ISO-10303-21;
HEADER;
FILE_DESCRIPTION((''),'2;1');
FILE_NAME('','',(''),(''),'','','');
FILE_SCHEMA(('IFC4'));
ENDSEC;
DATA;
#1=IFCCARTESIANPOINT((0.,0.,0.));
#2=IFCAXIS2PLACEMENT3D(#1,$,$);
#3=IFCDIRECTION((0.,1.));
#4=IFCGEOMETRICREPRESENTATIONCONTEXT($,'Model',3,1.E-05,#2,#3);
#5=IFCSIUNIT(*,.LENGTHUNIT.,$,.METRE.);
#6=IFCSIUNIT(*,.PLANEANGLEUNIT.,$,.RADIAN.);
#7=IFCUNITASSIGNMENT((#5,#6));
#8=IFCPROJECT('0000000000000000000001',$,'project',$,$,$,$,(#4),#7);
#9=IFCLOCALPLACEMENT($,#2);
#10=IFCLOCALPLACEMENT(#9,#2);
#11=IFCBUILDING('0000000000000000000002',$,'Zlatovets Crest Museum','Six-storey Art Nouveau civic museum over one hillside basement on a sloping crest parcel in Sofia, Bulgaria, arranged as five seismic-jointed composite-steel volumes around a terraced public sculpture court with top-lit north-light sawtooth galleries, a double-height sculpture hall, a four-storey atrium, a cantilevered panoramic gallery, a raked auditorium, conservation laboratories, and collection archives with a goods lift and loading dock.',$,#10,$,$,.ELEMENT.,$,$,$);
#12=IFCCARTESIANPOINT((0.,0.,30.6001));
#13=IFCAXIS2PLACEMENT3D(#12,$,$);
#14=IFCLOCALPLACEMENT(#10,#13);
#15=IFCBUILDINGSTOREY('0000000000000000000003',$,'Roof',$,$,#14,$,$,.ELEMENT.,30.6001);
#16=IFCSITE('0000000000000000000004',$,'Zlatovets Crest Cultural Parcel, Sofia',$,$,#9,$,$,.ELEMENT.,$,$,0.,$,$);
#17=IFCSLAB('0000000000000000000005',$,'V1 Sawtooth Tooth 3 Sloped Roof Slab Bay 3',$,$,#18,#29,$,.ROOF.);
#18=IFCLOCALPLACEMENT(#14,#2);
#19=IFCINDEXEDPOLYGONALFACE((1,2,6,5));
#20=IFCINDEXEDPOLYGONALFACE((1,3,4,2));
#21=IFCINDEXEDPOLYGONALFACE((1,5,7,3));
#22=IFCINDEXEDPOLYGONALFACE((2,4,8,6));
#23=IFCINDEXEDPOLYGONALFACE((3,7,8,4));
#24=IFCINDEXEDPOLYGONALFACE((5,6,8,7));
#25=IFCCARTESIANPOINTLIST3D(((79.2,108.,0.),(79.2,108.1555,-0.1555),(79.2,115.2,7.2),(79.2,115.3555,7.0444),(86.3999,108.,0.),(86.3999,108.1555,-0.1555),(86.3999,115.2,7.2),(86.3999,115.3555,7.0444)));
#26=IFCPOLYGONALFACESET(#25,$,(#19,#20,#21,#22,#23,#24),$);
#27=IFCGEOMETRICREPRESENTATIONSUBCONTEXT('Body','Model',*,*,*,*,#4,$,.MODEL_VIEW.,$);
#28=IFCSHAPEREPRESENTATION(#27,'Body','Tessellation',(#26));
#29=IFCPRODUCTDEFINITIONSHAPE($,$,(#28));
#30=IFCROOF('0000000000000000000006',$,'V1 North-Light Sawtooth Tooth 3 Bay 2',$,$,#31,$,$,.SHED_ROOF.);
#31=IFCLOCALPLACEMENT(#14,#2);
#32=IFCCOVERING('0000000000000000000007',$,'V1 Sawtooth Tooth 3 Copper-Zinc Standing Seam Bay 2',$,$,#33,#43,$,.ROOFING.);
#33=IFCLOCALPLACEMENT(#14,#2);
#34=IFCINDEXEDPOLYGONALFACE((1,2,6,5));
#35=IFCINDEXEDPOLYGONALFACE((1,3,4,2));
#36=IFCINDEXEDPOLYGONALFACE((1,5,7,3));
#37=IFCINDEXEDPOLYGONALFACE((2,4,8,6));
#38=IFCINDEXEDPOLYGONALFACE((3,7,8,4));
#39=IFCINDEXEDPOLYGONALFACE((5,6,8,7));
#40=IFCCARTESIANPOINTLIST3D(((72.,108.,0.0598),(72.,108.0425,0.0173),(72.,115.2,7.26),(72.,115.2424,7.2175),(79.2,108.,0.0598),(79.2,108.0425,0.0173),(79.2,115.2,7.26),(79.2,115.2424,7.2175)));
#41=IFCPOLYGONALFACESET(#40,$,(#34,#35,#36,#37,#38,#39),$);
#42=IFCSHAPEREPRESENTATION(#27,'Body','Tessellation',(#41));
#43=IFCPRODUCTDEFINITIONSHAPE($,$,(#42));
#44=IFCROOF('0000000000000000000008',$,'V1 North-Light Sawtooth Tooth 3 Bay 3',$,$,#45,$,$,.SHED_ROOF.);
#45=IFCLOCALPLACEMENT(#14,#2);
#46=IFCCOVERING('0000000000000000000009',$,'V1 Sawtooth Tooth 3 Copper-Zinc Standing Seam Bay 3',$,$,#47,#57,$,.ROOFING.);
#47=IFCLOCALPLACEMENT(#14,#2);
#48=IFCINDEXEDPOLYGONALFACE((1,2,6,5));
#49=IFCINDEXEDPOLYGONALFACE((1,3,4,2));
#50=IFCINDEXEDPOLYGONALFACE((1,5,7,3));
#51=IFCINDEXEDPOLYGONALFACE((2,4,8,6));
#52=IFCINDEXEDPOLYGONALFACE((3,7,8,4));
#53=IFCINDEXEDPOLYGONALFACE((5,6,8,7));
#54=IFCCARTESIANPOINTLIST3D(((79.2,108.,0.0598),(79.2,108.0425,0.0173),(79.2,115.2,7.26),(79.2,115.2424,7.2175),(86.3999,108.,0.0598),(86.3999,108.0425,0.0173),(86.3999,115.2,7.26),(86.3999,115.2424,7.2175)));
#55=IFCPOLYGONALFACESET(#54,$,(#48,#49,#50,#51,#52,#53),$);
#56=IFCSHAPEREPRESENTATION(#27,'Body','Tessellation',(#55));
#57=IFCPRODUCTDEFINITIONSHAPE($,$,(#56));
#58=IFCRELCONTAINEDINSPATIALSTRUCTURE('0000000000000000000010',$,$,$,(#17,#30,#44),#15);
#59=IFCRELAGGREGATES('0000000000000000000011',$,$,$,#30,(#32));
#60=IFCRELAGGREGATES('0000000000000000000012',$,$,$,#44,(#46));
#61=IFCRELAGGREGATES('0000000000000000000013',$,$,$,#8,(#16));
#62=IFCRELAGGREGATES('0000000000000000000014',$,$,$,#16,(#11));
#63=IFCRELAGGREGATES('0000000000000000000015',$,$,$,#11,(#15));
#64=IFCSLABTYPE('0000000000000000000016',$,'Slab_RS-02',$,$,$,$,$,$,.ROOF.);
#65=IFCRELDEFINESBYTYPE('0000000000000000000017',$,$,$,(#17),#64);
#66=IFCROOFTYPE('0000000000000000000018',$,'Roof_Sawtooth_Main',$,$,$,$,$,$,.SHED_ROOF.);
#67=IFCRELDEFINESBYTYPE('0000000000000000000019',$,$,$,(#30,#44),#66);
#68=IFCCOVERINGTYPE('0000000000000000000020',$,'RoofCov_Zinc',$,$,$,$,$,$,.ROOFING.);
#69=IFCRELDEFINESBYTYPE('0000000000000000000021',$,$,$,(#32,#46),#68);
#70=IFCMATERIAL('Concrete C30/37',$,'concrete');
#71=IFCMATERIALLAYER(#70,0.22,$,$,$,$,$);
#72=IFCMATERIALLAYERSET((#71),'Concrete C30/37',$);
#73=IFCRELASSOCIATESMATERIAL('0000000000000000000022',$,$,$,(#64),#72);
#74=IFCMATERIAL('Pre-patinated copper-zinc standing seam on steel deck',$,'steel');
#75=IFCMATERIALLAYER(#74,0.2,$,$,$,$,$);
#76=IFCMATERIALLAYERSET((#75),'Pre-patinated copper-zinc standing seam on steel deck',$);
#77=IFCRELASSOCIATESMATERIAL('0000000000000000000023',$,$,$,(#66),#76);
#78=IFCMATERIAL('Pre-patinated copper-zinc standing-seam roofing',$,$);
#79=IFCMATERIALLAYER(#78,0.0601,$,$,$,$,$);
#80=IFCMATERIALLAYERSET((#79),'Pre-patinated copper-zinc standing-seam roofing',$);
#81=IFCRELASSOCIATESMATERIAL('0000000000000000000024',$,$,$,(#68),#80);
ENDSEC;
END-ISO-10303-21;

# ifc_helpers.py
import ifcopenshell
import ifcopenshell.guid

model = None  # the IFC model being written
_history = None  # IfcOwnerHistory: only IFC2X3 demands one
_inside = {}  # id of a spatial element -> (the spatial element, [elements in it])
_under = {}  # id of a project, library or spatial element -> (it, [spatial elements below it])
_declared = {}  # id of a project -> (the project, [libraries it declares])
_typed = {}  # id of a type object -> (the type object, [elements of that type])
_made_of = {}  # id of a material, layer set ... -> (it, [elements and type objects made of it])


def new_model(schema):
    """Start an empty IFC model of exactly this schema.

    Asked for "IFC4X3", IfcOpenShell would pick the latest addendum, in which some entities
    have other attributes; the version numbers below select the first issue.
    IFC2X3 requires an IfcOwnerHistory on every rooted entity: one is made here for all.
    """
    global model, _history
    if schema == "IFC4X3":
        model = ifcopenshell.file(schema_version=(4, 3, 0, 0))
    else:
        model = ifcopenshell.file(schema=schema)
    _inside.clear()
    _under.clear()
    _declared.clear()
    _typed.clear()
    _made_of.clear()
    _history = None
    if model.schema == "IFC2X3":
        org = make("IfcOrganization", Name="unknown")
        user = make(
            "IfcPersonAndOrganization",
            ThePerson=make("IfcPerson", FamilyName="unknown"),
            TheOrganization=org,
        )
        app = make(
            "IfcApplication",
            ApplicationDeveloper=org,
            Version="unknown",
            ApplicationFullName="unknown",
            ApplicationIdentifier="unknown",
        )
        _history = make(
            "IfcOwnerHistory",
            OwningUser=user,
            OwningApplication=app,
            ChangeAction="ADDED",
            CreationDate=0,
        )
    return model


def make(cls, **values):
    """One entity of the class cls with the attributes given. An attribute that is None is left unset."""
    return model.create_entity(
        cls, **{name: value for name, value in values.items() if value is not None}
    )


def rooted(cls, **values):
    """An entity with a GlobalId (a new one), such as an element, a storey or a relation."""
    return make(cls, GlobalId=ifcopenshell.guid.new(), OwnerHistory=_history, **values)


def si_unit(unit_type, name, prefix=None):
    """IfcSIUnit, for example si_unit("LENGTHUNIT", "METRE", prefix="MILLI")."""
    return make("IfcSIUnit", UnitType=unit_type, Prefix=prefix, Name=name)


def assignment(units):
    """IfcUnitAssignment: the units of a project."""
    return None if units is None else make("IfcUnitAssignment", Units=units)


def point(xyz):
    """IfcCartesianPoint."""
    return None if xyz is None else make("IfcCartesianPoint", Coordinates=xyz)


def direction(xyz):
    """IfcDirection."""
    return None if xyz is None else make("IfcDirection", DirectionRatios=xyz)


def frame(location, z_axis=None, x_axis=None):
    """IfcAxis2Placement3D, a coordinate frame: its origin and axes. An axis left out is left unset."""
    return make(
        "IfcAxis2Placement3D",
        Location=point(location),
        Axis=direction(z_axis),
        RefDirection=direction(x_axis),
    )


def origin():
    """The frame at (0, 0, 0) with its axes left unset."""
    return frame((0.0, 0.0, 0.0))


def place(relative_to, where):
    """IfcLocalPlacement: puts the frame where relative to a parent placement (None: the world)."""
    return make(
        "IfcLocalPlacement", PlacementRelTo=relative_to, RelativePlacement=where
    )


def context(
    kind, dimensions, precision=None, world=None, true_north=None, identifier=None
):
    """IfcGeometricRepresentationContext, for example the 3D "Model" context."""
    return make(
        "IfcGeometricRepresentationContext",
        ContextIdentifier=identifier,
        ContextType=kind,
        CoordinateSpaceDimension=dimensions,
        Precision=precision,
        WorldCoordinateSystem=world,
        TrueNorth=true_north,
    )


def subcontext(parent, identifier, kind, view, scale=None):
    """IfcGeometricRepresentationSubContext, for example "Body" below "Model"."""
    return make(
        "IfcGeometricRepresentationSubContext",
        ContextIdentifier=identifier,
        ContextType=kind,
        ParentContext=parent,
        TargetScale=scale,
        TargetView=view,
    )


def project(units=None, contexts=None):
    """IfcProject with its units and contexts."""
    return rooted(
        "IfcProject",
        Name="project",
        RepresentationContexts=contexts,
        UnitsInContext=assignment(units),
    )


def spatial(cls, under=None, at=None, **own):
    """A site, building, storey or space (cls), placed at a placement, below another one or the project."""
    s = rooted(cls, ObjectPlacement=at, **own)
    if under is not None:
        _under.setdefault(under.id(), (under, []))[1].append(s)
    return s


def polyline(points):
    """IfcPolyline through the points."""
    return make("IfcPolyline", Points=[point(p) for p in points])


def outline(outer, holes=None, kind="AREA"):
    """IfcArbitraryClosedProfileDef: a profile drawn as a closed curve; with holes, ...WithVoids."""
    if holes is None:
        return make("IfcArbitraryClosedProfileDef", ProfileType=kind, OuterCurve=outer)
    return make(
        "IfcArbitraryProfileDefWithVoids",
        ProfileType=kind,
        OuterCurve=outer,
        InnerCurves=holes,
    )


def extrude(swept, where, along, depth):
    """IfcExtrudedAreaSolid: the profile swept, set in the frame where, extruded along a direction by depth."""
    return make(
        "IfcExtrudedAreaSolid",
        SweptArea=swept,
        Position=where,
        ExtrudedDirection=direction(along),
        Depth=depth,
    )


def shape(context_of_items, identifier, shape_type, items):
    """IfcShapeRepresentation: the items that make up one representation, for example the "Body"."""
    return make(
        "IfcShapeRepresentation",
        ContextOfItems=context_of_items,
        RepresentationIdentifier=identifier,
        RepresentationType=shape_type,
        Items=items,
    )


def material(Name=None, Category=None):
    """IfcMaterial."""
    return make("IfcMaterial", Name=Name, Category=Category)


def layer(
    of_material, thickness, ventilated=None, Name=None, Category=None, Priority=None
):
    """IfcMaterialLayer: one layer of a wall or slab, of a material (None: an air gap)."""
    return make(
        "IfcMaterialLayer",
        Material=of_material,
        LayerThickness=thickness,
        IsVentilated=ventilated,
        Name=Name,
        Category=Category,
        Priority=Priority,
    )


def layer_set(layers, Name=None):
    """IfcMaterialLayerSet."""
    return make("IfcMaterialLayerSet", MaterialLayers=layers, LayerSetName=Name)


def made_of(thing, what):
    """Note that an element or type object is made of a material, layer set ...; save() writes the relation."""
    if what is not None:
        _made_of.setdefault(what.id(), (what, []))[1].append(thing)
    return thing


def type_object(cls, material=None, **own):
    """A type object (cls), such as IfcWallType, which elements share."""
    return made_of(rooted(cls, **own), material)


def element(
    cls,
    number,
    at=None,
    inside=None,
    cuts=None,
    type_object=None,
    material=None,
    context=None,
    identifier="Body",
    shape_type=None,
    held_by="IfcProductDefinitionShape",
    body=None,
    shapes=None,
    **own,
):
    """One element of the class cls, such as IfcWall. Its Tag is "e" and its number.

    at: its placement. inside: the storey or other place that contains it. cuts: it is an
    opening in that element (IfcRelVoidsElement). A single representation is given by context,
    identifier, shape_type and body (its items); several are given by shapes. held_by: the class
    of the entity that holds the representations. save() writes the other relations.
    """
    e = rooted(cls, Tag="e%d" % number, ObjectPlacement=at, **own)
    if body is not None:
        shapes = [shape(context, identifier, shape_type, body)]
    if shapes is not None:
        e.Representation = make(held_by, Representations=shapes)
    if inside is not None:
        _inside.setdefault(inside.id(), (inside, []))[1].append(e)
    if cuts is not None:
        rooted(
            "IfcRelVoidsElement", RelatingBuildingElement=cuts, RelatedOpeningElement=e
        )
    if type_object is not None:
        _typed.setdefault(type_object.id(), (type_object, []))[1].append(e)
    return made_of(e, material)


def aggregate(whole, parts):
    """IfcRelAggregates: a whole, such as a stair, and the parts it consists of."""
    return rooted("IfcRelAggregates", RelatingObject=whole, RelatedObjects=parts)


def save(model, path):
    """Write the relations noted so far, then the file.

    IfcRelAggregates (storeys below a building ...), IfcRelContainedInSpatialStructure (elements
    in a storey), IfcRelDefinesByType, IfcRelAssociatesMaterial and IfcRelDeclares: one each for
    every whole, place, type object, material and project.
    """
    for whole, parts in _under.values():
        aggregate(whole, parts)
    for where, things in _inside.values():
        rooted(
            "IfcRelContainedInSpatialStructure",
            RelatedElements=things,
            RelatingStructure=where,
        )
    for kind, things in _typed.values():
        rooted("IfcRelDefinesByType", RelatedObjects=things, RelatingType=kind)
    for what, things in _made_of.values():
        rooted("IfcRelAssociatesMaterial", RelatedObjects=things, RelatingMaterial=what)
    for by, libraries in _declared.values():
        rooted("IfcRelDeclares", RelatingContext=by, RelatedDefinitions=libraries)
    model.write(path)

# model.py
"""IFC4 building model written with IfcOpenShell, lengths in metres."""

from ifc_helpers import new_model, si_unit, direction, frame, origin, place, context, subcontext, project, spatial, polyline, outline, extrude, material, layer, layer_set, type_object, element, aggregate, save


model = new_model("IFC4")

# Units and contexts
model_context = context("Model", 3, precision=1e-05, world=origin(), true_north=direction((0.0, 1.0)))
body_context = subcontext(model_context, "Body", "Model", "MODEL_VIEW")
ifc_project = project(units=[si_unit("LENGTHUNIT", "METRE"), si_unit("PLANEANGLEUNIT", "RADIAN")], contexts=[model_context])

# Site, building, storey
site_placement = place(None, origin())
site = spatial("IfcSite", under=ifc_project, at=site_placement, Name="Zlatovets Crest Cultural Parcel, Sofia", CompositionType="ELEMENT", RefElevation=0.0)
building_placement = place(site_placement, origin())
building = spatial("IfcBuilding", under=site, at=building_placement, Name="Zlatovets Crest Museum", Description="Six-storey Art Nouveau civic museum over one hillside basement on a sloping crest parcel in Sofia, Bulgaria, arranged as five seismic-jointed composite-steel volumes around a terraced public sculpture court with top-lit north-light sawtooth galleries, a double-height sculpture hall, a four-storey atrium, a cantilevered panoramic gallery, a raked auditorium, conservation laboratories, and collection archives with a goods lift and loading dock.", CompositionType="ELEMENT")
storey_placement = place(building_placement, frame((0.0, 0.0, 30.6001)))
storey = spatial("IfcBuildingStorey", under=building, at=storey_placement, Name="Roof", CompositionType="ELEMENT", Elevation=30.6001)

# Slab
ifc_material_1 = material(Name="Concrete C30/37", Category="concrete")
ifc_layer_1 = layer(ifc_material_1, 0.22)
ifc_layer_set_1 = layer_set([ifc_layer_1], Name="Concrete C30/37")
slab_type = type_object("IfcSlabType", Name="Slab_RS-02", PredefinedType="ROOF", material=ifc_layer_set_1)
for number, where, z_axis, x_axis, name in (
    (1, (79.2, 108.0, 0.0), (0.0, -0.707107, 0.707107), (1.0, 0.0, 0.0), "V1 Sawtooth Tooth 3 Sloped Roof Slab Bay 3"),
):
    element("IfcSlab", number, at=place(storey_placement, frame(where, z_axis=z_axis, x_axis=x_axis)), inside=storey, type_object=slab_type, Name=name, PredefinedType="ROOF", context=body_context, shape_type="SweptSolid", body=[
        extrude(outline(polyline([(0.0, 0.0), (7.2, 0.0), (7.2, 10.1823), (0.0, 10.1823), (0.0, 0.0)])), origin(), (0.0, 0.0, -1.0), 0.22),
    ])

# Roofs, coverings
ifc_material_2 = material(Name="Pre-patinated copper-zinc standing seam on steel deck", Category="steel")
ifc_layer_2 = layer(ifc_material_2, 0.2)
ifc_layer_set_2 = layer_set([ifc_layer_2], Name="Pre-patinated copper-zinc standing seam on steel deck")
roof_type = type_object("IfcRoofType", Name="Roof_Sawtooth_Main", PredefinedType="SHED_ROOF", material=ifc_layer_set_2)
roof_1_placement = place(storey_placement, origin())
roof_1 = element("IfcRoof", 2, at=roof_1_placement, inside=storey, type_object=roof_type, Name="V1 North-Light Sawtooth Tooth 3 Bay 2", PredefinedType="SHED_ROOF")
ifc_material_3 = material(Name="Pre-patinated copper-zinc standing-seam roofing")
ifc_layer_3 = layer(ifc_material_3, 0.0601)
ifc_layer_set_3 = layer_set([ifc_layer_3], Name="Pre-patinated copper-zinc standing-seam roofing")
covering_type = type_object("IfcCoveringType", Name="RoofCov_Zinc", PredefinedType="ROOFING", material=ifc_layer_set_3)
covering_1_placement = place(storey_placement, frame((72.0, 108.0, 0.0598), z_axis=(0.0, -0.707119, 0.707095), x_axis=(1.0, 0.0, 0.0)))
covering_1 = element("IfcCovering", 3, at=covering_1_placement, type_object=covering_type, Name="V1 Sawtooth Tooth 3 Copper-Zinc Standing Seam Bay 2", PredefinedType="ROOFING", context=body_context, shape_type="SweptSolid", body=[
    extrude(outline(polyline([(0.0, 0.0), (7.2, 0.0), (7.2, 10.1824), (0.0, 10.1824), (0.0, 0.0)])), origin(), (0.0, 0.0, -1.0), 0.0601),
])
aggregate(roof_1, [covering_1])
roof_2_placement = place(storey_placement, origin())
roof_2 = element("IfcRoof", 4, at=roof_2_placement, inside=storey, type_object=roof_type, Name="V1 North-Light Sawtooth Tooth 3 Bay 3", PredefinedType="SHED_ROOF")
covering_2_placement = place(storey_placement, frame((79.2, 108.0, 0.0598), z_axis=(0.0, -0.707119, 0.707095), x_axis=(1.0, 0.0, 0.0)))
covering_2 = element("IfcCovering", 5, at=covering_2_placement, type_object=covering_type, Name="V1 Sawtooth Tooth 3 Copper-Zinc Standing Seam Bay 3", PredefinedType="ROOFING", context=body_context, shape_type="SweptSolid", body=[
    extrude(outline(polyline([(0.0, 0.0), (7.2, 0.0), (7.2, 10.1824), (0.0, 10.1824), (0.0, 0.0)])), origin(), (0.0, 0.0, -1.0), 0.0601),
])
aggregate(roof_2, [covering_2])

save(model, "model.ifc")
